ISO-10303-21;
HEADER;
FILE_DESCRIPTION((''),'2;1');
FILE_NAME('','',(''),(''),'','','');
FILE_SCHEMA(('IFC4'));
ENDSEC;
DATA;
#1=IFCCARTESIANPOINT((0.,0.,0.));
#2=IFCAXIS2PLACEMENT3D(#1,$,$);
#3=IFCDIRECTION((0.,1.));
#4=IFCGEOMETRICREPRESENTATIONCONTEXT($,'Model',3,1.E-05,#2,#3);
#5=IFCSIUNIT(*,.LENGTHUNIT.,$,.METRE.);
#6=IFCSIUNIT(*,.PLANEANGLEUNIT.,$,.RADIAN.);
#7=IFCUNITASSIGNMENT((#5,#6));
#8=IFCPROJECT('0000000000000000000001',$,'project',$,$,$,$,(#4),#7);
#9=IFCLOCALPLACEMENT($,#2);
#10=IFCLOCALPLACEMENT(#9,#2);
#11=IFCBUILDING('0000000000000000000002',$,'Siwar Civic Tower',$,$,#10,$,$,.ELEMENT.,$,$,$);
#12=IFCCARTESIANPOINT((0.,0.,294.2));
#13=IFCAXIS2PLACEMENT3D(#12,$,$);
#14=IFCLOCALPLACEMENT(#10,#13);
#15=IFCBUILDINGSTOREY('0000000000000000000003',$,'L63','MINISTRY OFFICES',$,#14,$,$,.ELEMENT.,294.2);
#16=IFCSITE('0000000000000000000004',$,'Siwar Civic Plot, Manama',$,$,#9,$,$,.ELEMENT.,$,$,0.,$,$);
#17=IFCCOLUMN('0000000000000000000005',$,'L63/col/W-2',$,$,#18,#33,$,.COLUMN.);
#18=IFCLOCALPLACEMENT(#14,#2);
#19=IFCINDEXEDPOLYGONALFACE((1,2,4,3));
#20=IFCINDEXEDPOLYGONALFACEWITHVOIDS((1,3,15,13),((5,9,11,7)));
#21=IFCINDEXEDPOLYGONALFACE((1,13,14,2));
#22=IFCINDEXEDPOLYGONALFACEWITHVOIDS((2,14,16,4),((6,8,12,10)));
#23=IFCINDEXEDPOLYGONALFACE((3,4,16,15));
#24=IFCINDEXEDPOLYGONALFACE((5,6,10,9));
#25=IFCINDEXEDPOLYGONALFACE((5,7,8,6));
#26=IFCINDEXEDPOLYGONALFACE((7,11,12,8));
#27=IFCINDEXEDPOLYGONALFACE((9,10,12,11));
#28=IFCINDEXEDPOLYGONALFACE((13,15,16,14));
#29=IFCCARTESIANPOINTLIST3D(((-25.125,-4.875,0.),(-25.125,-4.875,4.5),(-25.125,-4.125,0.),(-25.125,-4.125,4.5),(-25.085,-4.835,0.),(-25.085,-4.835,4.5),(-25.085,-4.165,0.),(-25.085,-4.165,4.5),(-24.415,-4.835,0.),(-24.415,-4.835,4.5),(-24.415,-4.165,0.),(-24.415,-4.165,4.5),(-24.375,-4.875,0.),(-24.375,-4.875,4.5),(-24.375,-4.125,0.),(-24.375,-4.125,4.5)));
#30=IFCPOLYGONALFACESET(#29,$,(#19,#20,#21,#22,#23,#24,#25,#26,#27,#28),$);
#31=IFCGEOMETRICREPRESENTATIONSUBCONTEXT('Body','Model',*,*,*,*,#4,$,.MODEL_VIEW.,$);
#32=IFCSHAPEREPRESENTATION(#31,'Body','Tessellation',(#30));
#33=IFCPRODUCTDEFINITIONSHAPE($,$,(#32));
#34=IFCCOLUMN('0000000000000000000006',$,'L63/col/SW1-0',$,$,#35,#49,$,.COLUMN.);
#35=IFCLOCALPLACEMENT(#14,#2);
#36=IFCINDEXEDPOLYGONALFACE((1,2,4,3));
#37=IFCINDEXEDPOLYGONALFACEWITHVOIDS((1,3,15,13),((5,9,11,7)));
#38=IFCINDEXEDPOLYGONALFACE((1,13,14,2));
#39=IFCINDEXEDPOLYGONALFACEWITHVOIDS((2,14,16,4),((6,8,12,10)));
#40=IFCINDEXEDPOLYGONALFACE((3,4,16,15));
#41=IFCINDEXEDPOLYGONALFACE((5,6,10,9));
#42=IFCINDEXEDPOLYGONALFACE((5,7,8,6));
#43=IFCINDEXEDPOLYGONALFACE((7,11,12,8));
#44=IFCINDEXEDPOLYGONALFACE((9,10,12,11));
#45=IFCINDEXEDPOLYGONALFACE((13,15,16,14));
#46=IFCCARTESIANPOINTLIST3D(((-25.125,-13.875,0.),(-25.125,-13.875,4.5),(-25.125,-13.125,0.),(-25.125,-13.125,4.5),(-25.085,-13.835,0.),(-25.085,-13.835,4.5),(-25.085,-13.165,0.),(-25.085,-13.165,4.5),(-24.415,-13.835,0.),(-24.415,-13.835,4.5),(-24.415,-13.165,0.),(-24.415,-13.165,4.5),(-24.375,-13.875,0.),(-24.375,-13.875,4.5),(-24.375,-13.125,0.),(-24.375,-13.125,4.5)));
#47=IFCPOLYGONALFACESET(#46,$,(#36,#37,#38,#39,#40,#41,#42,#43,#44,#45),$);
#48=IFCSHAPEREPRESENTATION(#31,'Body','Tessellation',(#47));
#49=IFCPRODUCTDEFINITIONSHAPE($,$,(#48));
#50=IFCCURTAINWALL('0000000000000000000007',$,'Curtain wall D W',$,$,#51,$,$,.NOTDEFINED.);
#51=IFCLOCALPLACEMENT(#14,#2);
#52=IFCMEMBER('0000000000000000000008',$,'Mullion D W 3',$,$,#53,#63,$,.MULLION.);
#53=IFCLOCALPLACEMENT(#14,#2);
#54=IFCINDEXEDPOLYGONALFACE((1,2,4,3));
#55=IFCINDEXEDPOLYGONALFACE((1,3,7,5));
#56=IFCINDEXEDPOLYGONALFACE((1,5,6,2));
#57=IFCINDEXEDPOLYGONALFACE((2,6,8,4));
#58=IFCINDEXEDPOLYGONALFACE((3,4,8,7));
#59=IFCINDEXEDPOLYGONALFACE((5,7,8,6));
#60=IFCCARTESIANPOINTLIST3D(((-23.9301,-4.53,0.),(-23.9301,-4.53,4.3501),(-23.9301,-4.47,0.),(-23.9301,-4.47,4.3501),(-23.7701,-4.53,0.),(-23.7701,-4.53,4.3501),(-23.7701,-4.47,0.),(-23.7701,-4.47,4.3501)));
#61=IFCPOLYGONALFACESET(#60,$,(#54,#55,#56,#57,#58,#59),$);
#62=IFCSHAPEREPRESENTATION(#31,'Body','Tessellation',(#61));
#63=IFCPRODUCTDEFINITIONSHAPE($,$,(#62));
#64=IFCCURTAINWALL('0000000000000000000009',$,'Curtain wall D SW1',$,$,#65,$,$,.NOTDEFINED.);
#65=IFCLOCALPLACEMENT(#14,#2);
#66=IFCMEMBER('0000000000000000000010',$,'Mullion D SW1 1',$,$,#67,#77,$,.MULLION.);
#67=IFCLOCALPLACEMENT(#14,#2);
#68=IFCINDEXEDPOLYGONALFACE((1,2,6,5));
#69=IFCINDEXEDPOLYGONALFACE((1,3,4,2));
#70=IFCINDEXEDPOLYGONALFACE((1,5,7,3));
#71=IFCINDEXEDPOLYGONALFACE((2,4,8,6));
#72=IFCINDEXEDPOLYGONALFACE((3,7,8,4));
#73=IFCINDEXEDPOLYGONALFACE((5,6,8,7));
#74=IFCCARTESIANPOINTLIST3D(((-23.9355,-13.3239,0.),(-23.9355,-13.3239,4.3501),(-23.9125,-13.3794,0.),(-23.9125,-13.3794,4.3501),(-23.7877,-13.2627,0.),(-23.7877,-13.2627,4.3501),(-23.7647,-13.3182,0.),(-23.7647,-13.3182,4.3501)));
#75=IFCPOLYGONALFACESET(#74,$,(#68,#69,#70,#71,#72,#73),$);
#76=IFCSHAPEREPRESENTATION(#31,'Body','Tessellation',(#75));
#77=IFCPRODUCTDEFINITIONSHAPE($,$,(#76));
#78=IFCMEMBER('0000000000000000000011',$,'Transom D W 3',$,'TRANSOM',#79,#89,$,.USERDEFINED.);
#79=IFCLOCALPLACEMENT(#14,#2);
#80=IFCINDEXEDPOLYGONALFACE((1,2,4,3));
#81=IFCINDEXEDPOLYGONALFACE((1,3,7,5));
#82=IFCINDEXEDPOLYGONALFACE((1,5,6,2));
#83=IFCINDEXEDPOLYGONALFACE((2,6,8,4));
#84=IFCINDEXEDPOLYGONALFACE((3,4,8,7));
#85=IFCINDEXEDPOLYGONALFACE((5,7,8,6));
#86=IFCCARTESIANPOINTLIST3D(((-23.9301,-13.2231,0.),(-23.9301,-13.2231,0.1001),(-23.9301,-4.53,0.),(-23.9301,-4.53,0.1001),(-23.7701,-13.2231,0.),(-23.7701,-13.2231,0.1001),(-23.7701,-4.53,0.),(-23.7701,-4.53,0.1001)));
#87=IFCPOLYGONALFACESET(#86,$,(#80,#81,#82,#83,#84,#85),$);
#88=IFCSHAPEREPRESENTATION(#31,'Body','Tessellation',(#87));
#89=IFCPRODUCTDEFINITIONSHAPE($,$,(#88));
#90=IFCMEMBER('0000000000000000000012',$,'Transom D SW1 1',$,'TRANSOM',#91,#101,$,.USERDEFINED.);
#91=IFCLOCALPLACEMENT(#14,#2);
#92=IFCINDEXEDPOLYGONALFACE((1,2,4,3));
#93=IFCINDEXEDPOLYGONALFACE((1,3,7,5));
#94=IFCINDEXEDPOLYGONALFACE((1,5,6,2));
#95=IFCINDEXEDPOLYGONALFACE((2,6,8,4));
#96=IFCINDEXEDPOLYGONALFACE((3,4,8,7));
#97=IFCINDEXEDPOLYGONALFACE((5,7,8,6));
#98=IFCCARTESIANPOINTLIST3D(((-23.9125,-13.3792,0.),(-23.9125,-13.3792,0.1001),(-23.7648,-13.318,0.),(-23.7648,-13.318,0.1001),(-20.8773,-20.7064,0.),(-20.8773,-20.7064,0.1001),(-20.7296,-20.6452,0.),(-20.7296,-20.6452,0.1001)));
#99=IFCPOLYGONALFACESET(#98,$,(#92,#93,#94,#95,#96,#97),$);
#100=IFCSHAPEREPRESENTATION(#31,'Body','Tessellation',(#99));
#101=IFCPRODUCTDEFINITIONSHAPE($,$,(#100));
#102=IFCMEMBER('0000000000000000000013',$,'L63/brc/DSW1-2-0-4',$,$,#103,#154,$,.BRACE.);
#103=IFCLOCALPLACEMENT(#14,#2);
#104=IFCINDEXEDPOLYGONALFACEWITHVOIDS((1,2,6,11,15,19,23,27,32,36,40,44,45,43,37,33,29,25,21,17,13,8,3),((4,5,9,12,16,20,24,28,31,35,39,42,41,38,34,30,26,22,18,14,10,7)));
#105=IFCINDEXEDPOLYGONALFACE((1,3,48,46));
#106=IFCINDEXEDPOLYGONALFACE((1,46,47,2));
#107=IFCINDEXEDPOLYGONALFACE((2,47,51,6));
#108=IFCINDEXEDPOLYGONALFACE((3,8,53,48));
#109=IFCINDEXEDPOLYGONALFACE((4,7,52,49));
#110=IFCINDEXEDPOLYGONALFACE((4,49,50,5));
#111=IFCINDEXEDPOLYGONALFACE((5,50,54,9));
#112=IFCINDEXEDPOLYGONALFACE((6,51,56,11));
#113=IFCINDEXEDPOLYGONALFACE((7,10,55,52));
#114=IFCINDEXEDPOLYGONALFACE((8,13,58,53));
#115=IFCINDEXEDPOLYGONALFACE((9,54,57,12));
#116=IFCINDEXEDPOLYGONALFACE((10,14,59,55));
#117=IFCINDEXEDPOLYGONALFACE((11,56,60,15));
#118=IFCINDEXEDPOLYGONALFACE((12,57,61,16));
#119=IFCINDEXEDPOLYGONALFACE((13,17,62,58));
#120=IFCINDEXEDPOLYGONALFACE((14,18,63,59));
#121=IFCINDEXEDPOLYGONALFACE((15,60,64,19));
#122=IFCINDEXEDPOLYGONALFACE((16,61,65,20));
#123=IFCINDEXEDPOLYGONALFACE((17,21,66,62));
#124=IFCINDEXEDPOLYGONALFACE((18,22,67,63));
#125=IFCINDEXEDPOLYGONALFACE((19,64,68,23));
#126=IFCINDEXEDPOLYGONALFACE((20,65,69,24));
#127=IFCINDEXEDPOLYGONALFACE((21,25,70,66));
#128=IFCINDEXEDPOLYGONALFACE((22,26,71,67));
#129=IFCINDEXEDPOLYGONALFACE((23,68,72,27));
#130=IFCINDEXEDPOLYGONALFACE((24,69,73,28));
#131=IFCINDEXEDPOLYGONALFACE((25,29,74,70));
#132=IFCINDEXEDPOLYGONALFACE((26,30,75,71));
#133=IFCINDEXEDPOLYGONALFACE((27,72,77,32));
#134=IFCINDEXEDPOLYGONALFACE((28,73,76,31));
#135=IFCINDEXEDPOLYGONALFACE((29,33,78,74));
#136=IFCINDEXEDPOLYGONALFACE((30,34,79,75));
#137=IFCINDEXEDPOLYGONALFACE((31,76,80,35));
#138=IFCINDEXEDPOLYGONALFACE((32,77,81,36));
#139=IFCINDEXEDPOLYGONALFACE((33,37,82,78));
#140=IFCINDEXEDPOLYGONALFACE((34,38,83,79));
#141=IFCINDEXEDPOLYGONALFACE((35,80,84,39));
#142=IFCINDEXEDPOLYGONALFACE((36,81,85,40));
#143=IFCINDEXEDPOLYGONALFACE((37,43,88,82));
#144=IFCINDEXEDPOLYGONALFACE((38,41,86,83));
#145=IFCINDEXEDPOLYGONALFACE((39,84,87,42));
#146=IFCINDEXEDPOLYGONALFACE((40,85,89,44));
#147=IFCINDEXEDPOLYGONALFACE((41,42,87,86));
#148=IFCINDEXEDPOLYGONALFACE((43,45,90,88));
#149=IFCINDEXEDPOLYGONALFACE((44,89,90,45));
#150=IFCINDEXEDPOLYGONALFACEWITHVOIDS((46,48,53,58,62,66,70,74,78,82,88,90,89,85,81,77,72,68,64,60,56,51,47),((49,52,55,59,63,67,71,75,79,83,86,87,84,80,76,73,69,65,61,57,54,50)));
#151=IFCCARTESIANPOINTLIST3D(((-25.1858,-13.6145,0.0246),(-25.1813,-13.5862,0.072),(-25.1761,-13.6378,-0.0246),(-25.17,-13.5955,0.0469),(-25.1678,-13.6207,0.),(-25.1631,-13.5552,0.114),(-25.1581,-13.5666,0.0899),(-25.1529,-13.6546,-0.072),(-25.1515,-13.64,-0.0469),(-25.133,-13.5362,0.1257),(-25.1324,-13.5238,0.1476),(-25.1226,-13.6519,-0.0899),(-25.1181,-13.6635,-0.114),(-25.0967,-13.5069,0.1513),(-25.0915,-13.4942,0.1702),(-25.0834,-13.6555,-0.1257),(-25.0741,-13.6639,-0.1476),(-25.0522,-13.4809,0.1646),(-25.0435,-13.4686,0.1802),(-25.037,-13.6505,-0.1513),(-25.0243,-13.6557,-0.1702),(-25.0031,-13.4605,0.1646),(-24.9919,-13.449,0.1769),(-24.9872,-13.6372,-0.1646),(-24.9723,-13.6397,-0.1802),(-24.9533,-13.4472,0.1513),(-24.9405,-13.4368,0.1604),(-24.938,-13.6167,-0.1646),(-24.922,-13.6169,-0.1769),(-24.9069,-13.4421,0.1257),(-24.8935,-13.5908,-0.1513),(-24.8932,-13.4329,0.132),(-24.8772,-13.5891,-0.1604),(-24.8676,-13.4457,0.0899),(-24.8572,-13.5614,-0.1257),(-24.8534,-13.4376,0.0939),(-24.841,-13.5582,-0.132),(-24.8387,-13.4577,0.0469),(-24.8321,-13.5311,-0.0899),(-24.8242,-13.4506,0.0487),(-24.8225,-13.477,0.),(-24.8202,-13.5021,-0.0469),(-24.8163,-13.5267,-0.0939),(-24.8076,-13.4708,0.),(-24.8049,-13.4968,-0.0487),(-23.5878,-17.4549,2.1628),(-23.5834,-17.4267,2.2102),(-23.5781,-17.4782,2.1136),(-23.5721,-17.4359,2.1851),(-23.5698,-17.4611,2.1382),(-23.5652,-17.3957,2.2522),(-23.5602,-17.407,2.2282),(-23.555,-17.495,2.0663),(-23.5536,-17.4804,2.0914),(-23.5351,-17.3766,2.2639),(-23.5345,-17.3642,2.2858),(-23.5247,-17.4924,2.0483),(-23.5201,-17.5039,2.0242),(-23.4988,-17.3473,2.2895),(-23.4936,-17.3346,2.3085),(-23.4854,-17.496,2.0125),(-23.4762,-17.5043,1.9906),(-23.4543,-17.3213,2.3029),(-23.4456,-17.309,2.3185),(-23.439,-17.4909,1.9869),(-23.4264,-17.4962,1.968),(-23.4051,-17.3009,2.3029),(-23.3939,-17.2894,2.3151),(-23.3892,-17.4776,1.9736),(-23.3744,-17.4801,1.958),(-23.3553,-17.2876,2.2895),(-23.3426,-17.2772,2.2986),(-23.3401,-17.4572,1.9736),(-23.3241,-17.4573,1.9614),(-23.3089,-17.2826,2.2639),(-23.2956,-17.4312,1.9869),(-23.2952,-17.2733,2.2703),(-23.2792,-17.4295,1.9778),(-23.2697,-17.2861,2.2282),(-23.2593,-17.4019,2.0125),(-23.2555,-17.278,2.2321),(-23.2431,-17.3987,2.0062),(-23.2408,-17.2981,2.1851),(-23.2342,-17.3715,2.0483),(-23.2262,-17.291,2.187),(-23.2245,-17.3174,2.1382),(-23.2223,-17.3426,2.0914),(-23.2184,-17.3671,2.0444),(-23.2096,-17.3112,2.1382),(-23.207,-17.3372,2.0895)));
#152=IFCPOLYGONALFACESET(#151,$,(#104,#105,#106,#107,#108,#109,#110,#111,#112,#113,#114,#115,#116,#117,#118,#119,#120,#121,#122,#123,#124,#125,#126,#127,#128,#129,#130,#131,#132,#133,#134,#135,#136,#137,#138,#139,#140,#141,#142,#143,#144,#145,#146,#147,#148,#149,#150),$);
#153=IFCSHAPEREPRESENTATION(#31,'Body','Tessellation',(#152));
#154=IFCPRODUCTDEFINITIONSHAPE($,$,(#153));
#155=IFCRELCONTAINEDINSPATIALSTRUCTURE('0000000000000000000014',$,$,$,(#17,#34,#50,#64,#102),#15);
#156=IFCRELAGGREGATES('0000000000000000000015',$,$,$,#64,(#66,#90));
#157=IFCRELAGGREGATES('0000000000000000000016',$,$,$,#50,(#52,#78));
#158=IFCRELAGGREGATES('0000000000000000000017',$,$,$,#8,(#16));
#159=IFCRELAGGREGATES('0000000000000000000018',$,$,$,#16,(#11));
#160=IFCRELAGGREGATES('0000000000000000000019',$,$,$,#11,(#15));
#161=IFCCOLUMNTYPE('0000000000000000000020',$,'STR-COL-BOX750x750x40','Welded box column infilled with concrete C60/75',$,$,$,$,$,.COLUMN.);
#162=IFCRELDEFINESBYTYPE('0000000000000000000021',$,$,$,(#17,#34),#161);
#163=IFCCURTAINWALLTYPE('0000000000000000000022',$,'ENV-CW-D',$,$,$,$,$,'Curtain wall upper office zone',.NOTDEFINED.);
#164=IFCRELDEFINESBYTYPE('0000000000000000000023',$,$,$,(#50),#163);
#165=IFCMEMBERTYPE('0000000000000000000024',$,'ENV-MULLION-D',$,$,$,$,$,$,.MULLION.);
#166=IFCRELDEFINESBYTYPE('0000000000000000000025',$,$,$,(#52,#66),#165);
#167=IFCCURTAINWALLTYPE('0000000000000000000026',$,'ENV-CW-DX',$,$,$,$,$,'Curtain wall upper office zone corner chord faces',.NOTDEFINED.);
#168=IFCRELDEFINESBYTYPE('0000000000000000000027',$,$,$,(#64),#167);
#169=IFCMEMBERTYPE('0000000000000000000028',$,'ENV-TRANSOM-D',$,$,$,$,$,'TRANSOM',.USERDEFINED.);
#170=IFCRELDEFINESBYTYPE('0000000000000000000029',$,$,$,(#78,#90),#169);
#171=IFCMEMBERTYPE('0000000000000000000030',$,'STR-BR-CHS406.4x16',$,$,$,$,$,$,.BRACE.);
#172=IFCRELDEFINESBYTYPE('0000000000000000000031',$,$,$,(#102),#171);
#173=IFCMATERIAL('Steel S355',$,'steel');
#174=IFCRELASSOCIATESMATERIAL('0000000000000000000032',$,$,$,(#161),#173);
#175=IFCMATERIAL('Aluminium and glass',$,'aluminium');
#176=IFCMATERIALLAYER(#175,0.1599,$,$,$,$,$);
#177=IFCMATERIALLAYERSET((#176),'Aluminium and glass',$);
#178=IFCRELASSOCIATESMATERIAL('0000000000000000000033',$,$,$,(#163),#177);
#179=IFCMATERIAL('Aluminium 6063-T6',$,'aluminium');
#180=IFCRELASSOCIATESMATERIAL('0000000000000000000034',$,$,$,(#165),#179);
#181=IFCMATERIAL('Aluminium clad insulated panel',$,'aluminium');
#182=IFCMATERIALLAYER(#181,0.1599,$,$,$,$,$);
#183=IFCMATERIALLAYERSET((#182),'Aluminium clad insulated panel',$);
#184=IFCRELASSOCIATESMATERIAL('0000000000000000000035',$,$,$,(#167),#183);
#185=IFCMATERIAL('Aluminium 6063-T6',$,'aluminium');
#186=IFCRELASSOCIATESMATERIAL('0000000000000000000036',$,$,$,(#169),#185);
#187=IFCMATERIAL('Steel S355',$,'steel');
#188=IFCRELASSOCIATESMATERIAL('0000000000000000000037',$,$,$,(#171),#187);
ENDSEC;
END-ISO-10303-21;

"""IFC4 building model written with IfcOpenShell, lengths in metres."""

from ifc_helpers import new_model, si_unit, direction, frame, origin, origin_2d, place, context, subcontext, project, spatial, rectangle, hollow_rectangle, hollow_circle, extrude, material, layer, layer_set, material_profile, profile_set, type_object, element, aggregate, save


model = new_model("IFC4")

# Units and contexts
model_context = context("Model", 3, precision=1e-05, world=origin(), true_north=direction((0.0, 1.0)))
body_context = subcontext(model_context, "Body", "Model", "MODEL_VIEW")
ifc_project = project(units=[si_unit("LENGTHUNIT", "METRE"), si_unit("PLANEANGLEUNIT", "RADIAN")], contexts=[model_context])

# Site, building, storey
site_placement = place(None, origin())
site = spatial("IfcSite", under=ifc_project, at=site_placement, Name="Siwar Civic Plot, Manama", CompositionType="ELEMENT", RefElevation=0.0)
building_placement = place(site_placement, origin())
building = spatial("IfcBuilding", under=site, at=building_placement, Name="Siwar Civic Tower", CompositionType="ELEMENT")
storey_placement = place(building_placement, frame((0.0, 0.0, 294.2)))
storey = spatial("IfcBuildingStorey", under=building, at=storey_placement, Name="L63", Description="MINISTRY OFFICES", CompositionType="ELEMENT", Elevation=294.2)

# Columns
ifc_material_1 = material(Name="Steel S355", Category="steel")
ifc_material_profile_1 = material_profile(ifc_material_1, hollow_rectangle(XDim=0.75, YDim=0.75, WallThickness=0.04, at=origin_2d()), Name="BOX750x750x40")
ifc_profile_set_1 = profile_set([ifc_material_profile_1], Name="Steel S355")
column_type = type_object("IfcColumnType", Name="STR-COL-BOX750x750x40", Description="Welded box column infilled with concrete C60/75", PredefinedType="COLUMN", material=ifc_profile_set_1)
for number, where, z_axis, x_axis, name in (
    (1, (-24.75, -4.5, 0.0), (0.0, 0.0, 1.0), (1.0, 0.0, 0.0), "L63/col/W-2"),
    (2, (-24.75, -13.5, 0.0), (0.0, 0.0, 1.0), (1.0, 0.0, 0.0), "L63/col/SW1-0"),
):
    element("IfcColumn", number, at=place(storey_placement, frame(where, z_axis=z_axis, x_axis=x_axis)), inside=storey, type_object=column_type, Name=name, PredefinedType="COLUMN", context=body_context, shape_type="SweptSolid", body=[
        extrude(hollow_rectangle(XDim=0.75, YDim=0.75, WallThickness=0.04, at=origin_2d()), origin(), (0.0, 0.0, 1.0), 4.5),
    ])

# Curtain walls, members
ifc_material_2 = material(Name="Aluminium and glass", Category="aluminium")
ifc_layer_1 = layer(ifc_material_2, 0.1599)
ifc_layer_set_1 = layer_set([ifc_layer_1], Name="Aluminium and glass")
curtain_wall_type_1 = type_object("IfcCurtainWallType", Name="ENV-CW-D", ElementType="Curtain wall upper office zone", PredefinedType="NOTDEFINED", material=ifc_layer_set_1)
curtain_wall_1_placement = place(storey_placement, origin())
curtain_wall_1 = element("IfcCurtainWall", 3, at=curtain_wall_1_placement, inside=storey, type_object=curtain_wall_type_1, Name="Curtain wall D W", PredefinedType="NOTDEFINED")
ifc_material_3 = material(Name="Aluminium 6063-T6", Category="aluminium")
ifc_material_profile_2 = material_profile(ifc_material_3, rectangle(XDim=0.1599, YDim=0.0601, at=origin_2d()), Name="AL 160x60")
ifc_profile_set_2 = profile_set([ifc_material_profile_2], Name="Aluminium 6063-T6")
member_type_1 = type_object("IfcMemberType", Name="ENV-MULLION-D", PredefinedType="MULLION", material=ifc_profile_set_2)
member_1_placement = place(storey_placement, frame((-23.8501, -4.5, 0.0), z_axis=(0.0, 0.0, 1.0), x_axis=(1.0, 0.0, 0.0)))
member_1 = element("IfcMember", 4, at=member_1_placement, type_object=member_type_1, Name="Mullion D W 3", PredefinedType="MULLION", context=body_context, shape_type="SweptSolid", body=[
    extrude(rectangle(XDim=0.1599, YDim=0.0601, at=origin_2d()), origin(), (0.0, 0.0, 1.0), 4.3501),
])
ifc_material_4 = material(Name="Aluminium clad insulated panel", Category="aluminium")
ifc_layer_2 = layer(ifc_material_4, 0.1599)
ifc_layer_set_2 = layer_set([ifc_layer_2], Name="Aluminium clad insulated panel")
curtain_wall_type_2 = type_object("IfcCurtainWallType", Name="ENV-CW-DX", ElementType="Curtain wall upper office zone corner chord faces", PredefinedType="NOTDEFINED", material=ifc_layer_set_2)
curtain_wall_2_placement = place(storey_placement, origin())
curtain_wall_2 = element("IfcCurtainWall", 5, at=curtain_wall_2_placement, inside=storey, type_object=curtain_wall_type_2, Name="Curtain wall D SW1", PredefinedType="NOTDEFINED")
member_2_placement = place(storey_placement, frame((-23.8501, -13.321, 0.0), z_axis=(0.0, 0.0, 1.0), x_axis=(0.92388, 0.382683, 0.0)))
member_2 = element("IfcMember", 6, at=member_2_placement, type_object=member_type_1, Name="Mullion D SW1 1", PredefinedType="MULLION", context=body_context, shape_type="SweptSolid", body=[
    extrude(rectangle(XDim=0.1599, YDim=0.0601, at=origin_2d()), origin(), (0.0, 0.0, 1.0), 4.3501),
])

# Members
ifc_material_5 = material(Name="Aluminium 6063-T6", Category="aluminium")
ifc_material_profile_3 = material_profile(ifc_material_5, rectangle(XDim=0.1599, YDim=0.1001, at=origin_2d()), Name="AL 160x100")
ifc_profile_set_3 = profile_set([ifc_material_profile_3], Name="Aluminium 6063-T6")
member_type_2 = type_object("IfcMemberType", Name="ENV-TRANSOM-D", ElementType="TRANSOM", PredefinedType="USERDEFINED", material=ifc_profile_set_3)
member_3_placement = place(storey_placement, frame((-23.8501, -4.53, 0.05), z_axis=(0.0, -1.0, 0.0), x_axis=(1.0, 0.0, 0.0)))
member_3 = element("IfcMember", 7, at=member_3_placement, type_object=member_type_2, Name="Transom D W 3", ObjectType="TRANSOM", PredefinedType="USERDEFINED", context=body_context, shape_type="SweptSolid", body=[
    extrude(rectangle(XDim=0.1599, YDim=0.1001, at=origin_2d()), origin(), (0.0, 0.0, 1.0), 8.6931),
])
member_4_placement = place(storey_placement, frame((-23.8386, -13.3486, 0.05), z_axis=(0.3827, -0.923873, 0.0), x_axis=(0.923873, 0.3827, 0.0)))
member_4 = element("IfcMember", 8, at=member_4_placement, type_object=member_type_2, Name="Transom D SW1 1", ObjectType="TRANSOM", PredefinedType="USERDEFINED", context=body_context, shape_type="SweptSolid", body=[
    extrude(rectangle(XDim=0.1599, YDim=0.1001, at=origin_2d()), origin(), (0.0, 0.0, 1.0), 7.9309),
])
aggregate(curtain_wall_2, [member_2, member_4])
ifc_material_6 = material(Name="Steel S355", Category="steel")
ifc_material_profile_4 = material_profile(ifc_material_6, hollow_circle(Radius=0.2031, WallThickness=0.0161, at=origin_2d()), Name="CHS406.4x16")
ifc_profile_set_4 = profile_set([ifc_material_profile_4], Name="Steel S355")
member_type_3 = type_object("IfcMemberType", Name="STR-BR-CHS406.4x16", PredefinedType="BRACE", material=ifc_profile_set_4)
member_5_placement = place(storey_placement, frame((-24.9951, -13.5488, 0.0), z_axis=(0.341659, -0.82113, 0.457181), x_axis=(0.923268, 0.384157, 0.0)))
element("IfcMember", 9, at=member_5_placement, inside=storey, type_object=member_type_3, Name="L63/brc/DSW1-2-0-4", PredefinedType="BRACE", context=body_context, shape_type="SweptSolid", body=[
    extrude(hollow_circle(Radius=0.2031, WallThickness=0.0161, at=origin_2d()), origin(), (0.0, 0.0, 1.0), 4.677),
])

aggregate(curtain_wall_1, [member_1, member_3])

save(model, "model.ifc")
